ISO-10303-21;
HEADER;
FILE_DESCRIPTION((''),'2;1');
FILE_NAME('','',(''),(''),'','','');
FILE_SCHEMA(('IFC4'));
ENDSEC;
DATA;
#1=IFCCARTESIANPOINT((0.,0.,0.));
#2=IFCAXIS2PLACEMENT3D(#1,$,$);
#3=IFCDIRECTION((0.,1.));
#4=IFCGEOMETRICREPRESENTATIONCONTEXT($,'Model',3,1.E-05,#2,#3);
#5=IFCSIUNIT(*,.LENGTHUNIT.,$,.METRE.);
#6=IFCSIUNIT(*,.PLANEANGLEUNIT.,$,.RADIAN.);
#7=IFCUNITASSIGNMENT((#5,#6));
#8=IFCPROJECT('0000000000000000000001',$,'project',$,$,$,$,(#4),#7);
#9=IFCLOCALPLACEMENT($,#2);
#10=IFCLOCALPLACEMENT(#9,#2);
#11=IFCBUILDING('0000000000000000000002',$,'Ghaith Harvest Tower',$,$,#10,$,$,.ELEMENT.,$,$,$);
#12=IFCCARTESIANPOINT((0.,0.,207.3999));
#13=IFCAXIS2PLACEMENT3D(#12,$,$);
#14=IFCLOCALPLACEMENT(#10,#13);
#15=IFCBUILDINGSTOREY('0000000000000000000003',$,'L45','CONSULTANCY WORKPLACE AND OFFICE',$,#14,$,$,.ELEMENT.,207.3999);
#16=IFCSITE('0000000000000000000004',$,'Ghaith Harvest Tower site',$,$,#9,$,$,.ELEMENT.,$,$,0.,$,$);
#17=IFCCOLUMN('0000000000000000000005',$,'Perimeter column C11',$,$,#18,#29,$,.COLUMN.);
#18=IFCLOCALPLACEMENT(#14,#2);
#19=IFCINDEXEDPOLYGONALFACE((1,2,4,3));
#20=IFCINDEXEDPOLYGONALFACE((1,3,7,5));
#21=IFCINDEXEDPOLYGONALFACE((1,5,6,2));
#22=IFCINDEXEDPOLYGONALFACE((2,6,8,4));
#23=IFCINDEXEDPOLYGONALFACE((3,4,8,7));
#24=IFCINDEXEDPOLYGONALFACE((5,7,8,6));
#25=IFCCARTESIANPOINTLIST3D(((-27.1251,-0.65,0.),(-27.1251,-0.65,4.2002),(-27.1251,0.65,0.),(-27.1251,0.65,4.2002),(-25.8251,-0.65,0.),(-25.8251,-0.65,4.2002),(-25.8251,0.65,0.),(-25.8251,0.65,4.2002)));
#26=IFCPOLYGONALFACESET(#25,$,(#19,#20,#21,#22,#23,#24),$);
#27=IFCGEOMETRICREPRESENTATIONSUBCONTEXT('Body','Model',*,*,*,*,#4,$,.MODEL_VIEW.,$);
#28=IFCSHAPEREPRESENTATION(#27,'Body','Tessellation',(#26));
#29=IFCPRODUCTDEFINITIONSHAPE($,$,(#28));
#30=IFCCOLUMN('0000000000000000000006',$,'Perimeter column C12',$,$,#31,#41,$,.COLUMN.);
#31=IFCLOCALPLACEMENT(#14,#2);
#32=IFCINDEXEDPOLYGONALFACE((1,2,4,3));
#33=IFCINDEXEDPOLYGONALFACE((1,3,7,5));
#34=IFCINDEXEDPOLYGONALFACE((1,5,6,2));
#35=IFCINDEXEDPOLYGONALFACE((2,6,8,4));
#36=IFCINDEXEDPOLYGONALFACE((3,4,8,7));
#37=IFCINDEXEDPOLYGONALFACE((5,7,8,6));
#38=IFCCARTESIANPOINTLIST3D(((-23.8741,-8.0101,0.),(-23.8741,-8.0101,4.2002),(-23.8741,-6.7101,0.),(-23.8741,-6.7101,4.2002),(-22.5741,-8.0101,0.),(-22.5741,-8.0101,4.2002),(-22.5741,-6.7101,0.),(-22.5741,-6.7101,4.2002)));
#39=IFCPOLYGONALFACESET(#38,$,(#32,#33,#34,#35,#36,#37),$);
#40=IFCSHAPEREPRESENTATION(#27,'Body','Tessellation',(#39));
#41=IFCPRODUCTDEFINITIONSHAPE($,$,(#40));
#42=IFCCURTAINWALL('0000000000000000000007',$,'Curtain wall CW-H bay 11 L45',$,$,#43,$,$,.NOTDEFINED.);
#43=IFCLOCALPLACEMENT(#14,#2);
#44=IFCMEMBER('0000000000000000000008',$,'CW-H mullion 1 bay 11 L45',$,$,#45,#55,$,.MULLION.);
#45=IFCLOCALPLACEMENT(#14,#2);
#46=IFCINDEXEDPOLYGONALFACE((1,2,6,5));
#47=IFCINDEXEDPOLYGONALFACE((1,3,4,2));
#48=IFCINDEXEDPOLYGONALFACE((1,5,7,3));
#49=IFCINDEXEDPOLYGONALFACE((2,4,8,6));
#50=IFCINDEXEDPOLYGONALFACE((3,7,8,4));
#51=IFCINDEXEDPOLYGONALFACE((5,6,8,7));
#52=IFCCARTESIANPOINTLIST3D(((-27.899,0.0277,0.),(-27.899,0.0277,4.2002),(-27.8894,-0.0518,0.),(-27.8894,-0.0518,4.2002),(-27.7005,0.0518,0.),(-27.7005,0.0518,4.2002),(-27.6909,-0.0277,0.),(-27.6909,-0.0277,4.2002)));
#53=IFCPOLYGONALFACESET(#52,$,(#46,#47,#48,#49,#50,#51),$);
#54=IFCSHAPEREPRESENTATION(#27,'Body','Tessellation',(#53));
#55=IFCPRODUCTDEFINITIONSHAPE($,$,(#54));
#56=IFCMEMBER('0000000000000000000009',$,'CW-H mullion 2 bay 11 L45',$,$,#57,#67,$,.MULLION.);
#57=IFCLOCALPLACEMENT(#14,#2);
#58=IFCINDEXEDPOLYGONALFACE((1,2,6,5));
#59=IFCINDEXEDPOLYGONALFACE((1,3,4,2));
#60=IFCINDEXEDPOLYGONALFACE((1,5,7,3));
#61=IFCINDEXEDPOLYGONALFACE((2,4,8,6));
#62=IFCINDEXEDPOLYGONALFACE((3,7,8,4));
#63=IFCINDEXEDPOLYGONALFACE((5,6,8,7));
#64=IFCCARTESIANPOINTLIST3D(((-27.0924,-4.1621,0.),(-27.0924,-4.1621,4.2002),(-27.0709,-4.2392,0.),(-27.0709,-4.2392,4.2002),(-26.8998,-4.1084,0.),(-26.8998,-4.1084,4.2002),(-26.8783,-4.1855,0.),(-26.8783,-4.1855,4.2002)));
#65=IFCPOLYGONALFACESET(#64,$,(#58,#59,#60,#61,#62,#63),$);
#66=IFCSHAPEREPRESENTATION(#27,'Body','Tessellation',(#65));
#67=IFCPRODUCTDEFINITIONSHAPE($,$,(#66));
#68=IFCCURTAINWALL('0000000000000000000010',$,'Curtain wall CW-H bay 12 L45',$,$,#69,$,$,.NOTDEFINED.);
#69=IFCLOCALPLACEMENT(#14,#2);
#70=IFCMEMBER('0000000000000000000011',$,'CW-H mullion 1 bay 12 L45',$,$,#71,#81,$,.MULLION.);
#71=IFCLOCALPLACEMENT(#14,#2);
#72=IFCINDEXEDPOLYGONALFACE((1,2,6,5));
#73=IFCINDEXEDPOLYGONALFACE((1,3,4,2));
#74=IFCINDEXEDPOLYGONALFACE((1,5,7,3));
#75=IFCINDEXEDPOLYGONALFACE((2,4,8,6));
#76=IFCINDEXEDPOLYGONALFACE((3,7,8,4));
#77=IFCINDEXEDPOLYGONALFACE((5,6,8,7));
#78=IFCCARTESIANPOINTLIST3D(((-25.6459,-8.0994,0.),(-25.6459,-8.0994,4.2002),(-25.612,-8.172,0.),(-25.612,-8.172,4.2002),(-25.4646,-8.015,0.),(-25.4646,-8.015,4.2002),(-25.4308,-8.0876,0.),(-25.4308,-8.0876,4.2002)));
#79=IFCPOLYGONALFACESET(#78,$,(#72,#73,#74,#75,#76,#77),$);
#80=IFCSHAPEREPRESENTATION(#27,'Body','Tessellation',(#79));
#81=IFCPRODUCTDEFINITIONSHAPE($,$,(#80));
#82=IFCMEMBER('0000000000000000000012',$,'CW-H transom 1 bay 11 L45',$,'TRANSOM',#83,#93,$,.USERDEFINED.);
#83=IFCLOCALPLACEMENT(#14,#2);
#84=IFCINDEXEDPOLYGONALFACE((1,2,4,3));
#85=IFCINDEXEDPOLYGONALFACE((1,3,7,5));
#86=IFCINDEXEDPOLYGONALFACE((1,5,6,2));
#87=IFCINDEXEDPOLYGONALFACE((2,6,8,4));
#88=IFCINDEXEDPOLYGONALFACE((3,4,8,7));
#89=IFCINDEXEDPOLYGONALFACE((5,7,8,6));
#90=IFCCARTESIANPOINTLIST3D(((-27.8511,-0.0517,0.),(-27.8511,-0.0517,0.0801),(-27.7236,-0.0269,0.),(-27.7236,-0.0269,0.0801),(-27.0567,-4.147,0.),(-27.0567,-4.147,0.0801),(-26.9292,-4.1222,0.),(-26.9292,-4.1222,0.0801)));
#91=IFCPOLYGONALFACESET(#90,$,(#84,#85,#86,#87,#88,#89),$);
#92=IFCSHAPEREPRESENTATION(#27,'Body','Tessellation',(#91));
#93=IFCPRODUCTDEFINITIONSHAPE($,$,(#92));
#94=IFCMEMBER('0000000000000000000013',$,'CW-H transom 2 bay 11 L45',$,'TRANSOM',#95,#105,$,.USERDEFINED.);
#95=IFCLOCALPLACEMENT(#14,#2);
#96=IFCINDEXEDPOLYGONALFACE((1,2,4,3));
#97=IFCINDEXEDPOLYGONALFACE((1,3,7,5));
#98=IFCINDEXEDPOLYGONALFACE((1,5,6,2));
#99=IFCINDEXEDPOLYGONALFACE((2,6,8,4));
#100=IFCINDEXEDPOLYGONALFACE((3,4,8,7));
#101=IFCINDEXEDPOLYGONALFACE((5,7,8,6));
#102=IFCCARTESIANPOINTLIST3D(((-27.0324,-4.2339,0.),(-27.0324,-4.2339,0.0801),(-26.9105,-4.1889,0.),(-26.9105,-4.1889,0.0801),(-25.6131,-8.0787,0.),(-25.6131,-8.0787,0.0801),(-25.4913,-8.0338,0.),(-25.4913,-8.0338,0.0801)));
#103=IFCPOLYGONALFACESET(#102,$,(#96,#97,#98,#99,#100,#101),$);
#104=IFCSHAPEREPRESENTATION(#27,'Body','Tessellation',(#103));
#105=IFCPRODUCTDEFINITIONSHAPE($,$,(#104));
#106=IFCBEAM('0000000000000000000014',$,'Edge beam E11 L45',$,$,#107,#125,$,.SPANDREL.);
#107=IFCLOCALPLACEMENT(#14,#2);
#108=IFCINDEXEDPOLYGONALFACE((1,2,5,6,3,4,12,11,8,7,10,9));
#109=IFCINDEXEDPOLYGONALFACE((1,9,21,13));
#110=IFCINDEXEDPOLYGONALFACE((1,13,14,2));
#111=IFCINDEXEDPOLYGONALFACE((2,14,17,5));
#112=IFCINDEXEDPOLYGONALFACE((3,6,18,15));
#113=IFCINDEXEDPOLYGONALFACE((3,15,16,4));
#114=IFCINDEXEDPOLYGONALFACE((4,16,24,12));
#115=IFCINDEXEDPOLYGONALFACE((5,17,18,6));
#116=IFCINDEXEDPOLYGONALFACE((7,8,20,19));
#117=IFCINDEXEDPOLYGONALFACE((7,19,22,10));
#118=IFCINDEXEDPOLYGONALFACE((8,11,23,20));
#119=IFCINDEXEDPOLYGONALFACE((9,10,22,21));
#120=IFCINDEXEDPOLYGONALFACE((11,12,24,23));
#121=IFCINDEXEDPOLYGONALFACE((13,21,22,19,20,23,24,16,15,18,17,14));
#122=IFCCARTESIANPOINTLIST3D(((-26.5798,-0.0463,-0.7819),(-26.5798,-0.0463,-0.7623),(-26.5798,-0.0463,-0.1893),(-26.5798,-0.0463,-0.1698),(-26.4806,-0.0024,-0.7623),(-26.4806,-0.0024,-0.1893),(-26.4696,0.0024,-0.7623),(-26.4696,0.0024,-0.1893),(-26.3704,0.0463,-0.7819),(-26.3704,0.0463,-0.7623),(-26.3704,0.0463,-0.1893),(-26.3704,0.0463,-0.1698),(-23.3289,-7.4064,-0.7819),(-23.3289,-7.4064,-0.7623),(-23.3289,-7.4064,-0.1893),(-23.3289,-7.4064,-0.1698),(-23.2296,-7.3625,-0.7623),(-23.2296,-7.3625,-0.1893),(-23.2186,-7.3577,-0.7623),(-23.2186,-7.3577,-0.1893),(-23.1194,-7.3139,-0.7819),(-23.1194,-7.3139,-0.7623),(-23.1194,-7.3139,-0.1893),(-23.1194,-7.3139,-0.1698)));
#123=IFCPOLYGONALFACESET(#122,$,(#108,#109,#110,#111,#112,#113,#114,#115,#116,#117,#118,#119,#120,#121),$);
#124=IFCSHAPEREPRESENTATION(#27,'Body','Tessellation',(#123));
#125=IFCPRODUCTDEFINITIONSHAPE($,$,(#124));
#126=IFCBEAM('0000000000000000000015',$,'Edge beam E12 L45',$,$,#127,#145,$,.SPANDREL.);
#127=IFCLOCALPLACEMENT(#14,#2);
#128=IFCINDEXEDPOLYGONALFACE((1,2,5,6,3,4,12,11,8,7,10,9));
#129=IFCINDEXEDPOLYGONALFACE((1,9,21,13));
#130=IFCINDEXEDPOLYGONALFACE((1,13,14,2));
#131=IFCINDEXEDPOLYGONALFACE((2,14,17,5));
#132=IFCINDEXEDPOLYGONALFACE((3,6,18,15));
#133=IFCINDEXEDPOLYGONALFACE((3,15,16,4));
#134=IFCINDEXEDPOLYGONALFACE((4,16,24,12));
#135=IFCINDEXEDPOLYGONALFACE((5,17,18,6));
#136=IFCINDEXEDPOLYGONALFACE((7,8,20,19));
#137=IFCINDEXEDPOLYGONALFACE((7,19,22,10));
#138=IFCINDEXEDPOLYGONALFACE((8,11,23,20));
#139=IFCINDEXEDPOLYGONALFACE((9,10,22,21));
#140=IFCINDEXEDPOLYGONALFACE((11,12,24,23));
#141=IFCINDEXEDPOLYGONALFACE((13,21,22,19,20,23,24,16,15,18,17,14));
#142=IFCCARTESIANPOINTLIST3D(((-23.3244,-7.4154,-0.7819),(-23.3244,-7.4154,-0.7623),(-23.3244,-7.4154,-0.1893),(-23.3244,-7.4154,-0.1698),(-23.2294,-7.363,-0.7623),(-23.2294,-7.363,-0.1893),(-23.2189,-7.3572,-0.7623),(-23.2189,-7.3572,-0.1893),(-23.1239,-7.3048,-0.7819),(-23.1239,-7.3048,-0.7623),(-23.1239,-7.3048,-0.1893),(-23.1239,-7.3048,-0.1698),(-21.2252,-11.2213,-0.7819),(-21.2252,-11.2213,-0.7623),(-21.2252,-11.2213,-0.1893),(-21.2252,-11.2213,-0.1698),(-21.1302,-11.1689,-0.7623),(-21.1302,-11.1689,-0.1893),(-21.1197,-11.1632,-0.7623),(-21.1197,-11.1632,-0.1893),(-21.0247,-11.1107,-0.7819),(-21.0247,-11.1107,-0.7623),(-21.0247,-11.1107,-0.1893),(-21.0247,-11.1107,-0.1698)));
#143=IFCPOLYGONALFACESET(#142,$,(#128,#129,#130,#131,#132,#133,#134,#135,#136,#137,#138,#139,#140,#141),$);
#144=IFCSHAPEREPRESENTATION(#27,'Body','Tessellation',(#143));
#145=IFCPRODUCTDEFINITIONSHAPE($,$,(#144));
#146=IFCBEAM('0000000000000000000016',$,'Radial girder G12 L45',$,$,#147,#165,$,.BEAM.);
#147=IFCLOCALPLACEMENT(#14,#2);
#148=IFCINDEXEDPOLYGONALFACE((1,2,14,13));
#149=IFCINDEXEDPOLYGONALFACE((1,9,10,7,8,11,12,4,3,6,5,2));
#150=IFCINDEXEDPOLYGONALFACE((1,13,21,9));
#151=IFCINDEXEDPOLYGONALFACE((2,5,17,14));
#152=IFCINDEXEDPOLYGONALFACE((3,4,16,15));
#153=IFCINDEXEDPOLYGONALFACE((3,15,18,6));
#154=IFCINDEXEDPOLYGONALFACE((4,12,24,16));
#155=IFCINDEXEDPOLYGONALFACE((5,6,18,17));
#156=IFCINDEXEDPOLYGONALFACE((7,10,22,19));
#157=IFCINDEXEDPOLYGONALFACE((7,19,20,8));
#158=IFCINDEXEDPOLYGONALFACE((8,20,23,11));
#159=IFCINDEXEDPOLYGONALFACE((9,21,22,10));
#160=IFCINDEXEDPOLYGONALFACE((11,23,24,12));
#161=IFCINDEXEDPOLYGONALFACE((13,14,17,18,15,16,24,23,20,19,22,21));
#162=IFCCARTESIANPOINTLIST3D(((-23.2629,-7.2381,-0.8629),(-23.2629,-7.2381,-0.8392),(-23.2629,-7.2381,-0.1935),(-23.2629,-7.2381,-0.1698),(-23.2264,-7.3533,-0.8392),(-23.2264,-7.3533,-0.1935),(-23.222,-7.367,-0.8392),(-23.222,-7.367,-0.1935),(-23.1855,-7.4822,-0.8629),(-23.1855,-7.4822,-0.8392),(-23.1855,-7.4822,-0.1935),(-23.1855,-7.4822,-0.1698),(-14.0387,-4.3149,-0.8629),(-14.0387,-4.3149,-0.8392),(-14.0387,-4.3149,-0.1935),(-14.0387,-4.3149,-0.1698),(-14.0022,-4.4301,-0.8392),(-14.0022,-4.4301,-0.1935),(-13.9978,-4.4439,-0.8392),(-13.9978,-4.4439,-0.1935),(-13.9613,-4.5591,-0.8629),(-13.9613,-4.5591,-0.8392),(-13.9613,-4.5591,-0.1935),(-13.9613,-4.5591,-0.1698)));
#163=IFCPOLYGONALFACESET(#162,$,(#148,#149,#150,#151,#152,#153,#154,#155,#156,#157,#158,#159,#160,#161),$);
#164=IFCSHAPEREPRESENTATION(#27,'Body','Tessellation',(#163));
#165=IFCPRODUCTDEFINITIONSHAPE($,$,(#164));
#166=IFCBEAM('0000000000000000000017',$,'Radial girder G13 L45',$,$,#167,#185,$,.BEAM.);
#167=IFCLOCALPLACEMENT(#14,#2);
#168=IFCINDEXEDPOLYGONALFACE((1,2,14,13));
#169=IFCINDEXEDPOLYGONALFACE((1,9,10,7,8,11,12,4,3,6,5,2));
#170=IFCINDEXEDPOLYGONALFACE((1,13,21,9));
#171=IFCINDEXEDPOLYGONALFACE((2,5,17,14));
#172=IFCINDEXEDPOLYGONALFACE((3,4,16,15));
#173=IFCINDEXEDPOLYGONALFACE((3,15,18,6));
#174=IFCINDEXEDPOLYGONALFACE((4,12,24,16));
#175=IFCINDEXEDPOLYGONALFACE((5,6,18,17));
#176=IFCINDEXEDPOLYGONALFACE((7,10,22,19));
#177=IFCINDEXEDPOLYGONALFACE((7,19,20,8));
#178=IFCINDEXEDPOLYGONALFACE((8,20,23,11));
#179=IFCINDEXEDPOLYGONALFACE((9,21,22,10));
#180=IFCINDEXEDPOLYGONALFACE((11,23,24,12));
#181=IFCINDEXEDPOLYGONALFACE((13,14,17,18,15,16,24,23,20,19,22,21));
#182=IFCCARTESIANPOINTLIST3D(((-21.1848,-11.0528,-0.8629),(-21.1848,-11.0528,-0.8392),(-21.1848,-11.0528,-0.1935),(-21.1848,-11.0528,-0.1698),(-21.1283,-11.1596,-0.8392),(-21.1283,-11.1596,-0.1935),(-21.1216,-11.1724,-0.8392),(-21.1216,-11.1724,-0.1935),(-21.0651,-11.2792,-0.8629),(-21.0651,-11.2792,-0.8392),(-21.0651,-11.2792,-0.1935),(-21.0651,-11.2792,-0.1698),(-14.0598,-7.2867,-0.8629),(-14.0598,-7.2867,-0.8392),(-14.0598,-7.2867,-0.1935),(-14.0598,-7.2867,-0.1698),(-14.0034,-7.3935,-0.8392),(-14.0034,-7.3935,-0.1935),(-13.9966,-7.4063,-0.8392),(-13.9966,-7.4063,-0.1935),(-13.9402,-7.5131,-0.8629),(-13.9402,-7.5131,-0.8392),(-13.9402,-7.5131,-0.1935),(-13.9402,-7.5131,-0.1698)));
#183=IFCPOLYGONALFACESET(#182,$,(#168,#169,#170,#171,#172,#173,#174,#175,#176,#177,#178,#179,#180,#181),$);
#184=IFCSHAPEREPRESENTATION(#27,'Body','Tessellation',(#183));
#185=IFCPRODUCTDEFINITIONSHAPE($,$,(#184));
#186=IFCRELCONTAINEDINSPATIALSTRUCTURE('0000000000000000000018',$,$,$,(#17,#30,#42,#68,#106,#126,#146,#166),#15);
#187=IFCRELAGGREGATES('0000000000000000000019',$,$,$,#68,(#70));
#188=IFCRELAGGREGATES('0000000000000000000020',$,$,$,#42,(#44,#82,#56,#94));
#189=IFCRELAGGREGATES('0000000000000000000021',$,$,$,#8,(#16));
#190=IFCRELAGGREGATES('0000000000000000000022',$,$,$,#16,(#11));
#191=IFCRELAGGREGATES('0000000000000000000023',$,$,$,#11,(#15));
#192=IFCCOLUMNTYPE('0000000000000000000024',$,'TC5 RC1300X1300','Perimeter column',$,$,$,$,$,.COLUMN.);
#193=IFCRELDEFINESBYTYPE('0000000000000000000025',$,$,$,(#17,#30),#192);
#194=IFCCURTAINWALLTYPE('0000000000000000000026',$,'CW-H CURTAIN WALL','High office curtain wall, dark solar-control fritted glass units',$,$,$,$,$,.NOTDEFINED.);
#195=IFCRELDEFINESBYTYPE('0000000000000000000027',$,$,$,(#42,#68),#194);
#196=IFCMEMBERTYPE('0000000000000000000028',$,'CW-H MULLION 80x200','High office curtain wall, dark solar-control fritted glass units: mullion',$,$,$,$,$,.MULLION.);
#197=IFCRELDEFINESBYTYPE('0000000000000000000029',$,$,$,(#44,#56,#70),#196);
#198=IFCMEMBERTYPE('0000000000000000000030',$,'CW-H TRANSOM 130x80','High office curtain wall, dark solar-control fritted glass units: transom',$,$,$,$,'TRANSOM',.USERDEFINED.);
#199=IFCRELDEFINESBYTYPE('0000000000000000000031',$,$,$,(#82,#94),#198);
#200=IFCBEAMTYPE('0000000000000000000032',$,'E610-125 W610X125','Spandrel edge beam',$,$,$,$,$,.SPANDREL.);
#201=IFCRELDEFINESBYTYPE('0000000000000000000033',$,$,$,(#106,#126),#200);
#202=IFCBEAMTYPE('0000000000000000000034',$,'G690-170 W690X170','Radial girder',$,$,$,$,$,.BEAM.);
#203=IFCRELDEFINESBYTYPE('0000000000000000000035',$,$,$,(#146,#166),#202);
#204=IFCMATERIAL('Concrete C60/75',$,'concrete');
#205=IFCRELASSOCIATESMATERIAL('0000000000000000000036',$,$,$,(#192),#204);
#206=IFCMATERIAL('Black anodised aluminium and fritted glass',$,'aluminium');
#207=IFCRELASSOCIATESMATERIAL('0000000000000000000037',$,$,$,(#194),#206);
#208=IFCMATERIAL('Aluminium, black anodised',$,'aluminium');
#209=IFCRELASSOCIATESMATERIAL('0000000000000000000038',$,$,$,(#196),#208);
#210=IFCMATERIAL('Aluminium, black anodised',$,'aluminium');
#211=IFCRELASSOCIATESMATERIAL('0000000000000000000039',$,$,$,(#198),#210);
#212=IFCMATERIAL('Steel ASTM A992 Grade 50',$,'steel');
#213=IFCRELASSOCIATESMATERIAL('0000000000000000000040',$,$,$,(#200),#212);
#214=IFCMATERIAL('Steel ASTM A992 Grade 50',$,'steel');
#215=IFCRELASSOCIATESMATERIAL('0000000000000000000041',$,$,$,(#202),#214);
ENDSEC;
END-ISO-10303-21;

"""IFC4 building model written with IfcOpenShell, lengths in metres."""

from ifc_helpers import new_model, si_unit, direction, frame, origin, origin_2d, place, context, subcontext, project, spatial, rectangle, i_section, extrude, material, material_profile, profile_set, type_object, element, aggregate, save


model = new_model("IFC4")

# Units and contexts
model_context = context("Model", 3, precision=1e-05, world=origin(), true_north=direction((0.0, 1.0)))
body_context = subcontext(model_context, "Body", "Model", "MODEL_VIEW")
ifc_project = project(units=[si_unit("LENGTHUNIT", "METRE"), si_unit("PLANEANGLEUNIT", "RADIAN")], contexts=[model_context])

# Site, building, storey
site_placement = place(None, origin())
site = spatial("IfcSite", under=ifc_project, at=site_placement, Name="Ghaith Harvest Tower site", CompositionType="ELEMENT", RefElevation=0.0)
building_placement = place(site_placement, origin())
building = spatial("IfcBuilding", under=site, at=building_placement, Name="Ghaith Harvest Tower", CompositionType="ELEMENT")
storey_placement = place(building_placement, frame((0.0, 0.0, 207.3999)))
storey = spatial("IfcBuildingStorey", under=building, at=storey_placement, Name="L45", Description="CONSULTANCY WORKPLACE AND OFFICE", CompositionType="ELEMENT", Elevation=207.3999)

# Columns
ifc_material_1 = material(Name="Concrete C60/75", Category="concrete")
ifc_material_profile_1 = material_profile(ifc_material_1, rectangle(XDim=1.3, YDim=1.3, at=origin_2d()), Name="RC1300X1300")
ifc_profile_set_1 = profile_set([ifc_material_profile_1], Name="Concrete C60/75")
column_type = type_object("IfcColumnType", Name="TC5 RC1300X1300", Description="Perimeter column", PredefinedType="COLUMN", material=ifc_profile_set_1)
for number, where, z_axis, x_axis, name in (
    (1, (-26.4751, 0.0, 0.0), (0.0, 0.0, 1.0), (1.0, 0.0, 0.0), "Perimeter column C11"),
    (2, (-23.2241, -7.3601, 0.0), (0.0, 0.0, 1.0), (1.0, 0.0, 0.0), "Perimeter column C12"),
):
    element("IfcColumn", number, at=place(storey_placement, frame(where, z_axis=z_axis, x_axis=x_axis)), inside=storey, type_object=column_type, Name=name, PredefinedType="COLUMN", context=body_context, shape_type="SweptSolid", body=[
        extrude(rectangle(XDim=1.3, YDim=1.3, at=origin_2d()), origin(), (0.0, 0.0, 1.0), 4.2002),
    ])

# Curtain wall, members
ifc_material_2 = material(Name="Black anodised aluminium and fritted glass", Category="aluminium")
curtain_wall_type = type_object("IfcCurtainWallType", Name="CW-H CURTAIN WALL", Description="High office curtain wall, dark solar-control fritted glass units", PredefinedType="NOTDEFINED", material=ifc_material_2)
curtain_wall_1_placement = place(storey_placement, origin())
curtain_wall_1 = element("IfcCurtainWall", 3, at=curtain_wall_1_placement, inside=storey, type_object=curtain_wall_type, Name="Curtain wall CW-H bay 11 L45", PredefinedType="NOTDEFINED")
ifc_material_3 = material(Name="Aluminium, black anodised", Category="aluminium")
ifc_material_profile_2 = material_profile(ifc_material_3, rectangle(XDim=0.0801, YDim=0.2, at=origin_2d()), Name="CW-H MULLION 80x200")
ifc_profile_set_2 = profile_set([ifc_material_profile_2], Name="Aluminium, black anodised")
member_type_1 = type_object("IfcMemberType", Name="CW-H MULLION 80x200", Description="High office curtain wall, dark solar-control fritted glass units: mullion", PredefinedType="MULLION", material=ifc_profile_set_2)
member_1_placement = place(storey_placement, frame((-27.7949, 0.0, 0.0), z_axis=(0.0, 0.0, 1.0), x_axis=(0.12025, -0.992744, 0.0)))
member_1 = element("IfcMember", 4, at=member_1_placement, type_object=member_type_1, Name="CW-H mullion 1 bay 11 L45", PredefinedType="MULLION", context=body_context, shape_type="SweptSolid", body=[
    extrude(rectangle(XDim=0.0801, YDim=0.2, at=origin_2d()), origin(), (0.0, 0.0, 1.0), 4.2002),
])
member_2_placement = place(storey_placement, frame((-26.9854, -4.1738, 0.0), z_axis=(0.0, 0.0, 1.0), x_axis=(0.268569, -0.96326, 0.0)))
member_2 = element("IfcMember", 5, at=member_2_placement, type_object=member_type_1, Name="CW-H mullion 2 bay 11 L45", PredefinedType="MULLION", context=body_context, shape_type="SweptSolid", body=[
    extrude(rectangle(XDim=0.0801, YDim=0.2, at=origin_2d()), origin(), (0.0, 0.0, 1.0), 4.2002),
])

# Curtain wall, member
curtain_wall_2_placement = place(storey_placement, origin())
curtain_wall_2 = element("IfcCurtainWall", 6, at=curtain_wall_2_placement, inside=storey, type_object=curtain_wall_type, Name="Curtain wall CW-H bay 12 L45", PredefinedType="NOTDEFINED")
member_3_placement = place(storey_placement, frame((-25.5383, -8.0935, 0.0), z_axis=(0.0, 0.0, 1.0), x_axis=(0.422309, -0.906452, 0.0)))
member_3 = element("IfcMember", 7, at=member_3_placement, type_object=member_type_1, Name="CW-H mullion 1 bay 12 L45", PredefinedType="MULLION", context=body_context, shape_type="SweptSolid", body=[
    extrude(rectangle(XDim=0.0801, YDim=0.2, at=origin_2d()), origin(), (0.0, 0.0, 1.0), 4.2002),
])
aggregate(curtain_wall_2, [member_3])

# Members
ifc_material_4 = material(Name="Aluminium, black anodised", Category="aluminium")
ifc_material_profile_3 = material_profile(ifc_material_4, rectangle(XDim=0.1299, YDim=0.0801, at=origin_2d()), Name="CW-H TRANSOM 130x80")
ifc_profile_set_3 = profile_set([ifc_material_profile_3], Name="Aluminium, black anodised")
member_type_2 = type_object("IfcMemberType", Name="CW-H TRANSOM 130x80", Description="High office curtain wall, dark solar-control fritted glass units: transom", ElementType="TRANSOM", PredefinedType="USERDEFINED", material=ifc_profile_set_3)
member_4_placement = place(storey_placement, frame((-27.7874, -0.0393, 0.04), z_axis=(0.19044, -0.981699, 0.0), x_axis=(0.981699, 0.19044, 0.0)))
member_4 = element("IfcMember", 8, at=member_4_placement, type_object=member_type_2, Name="CW-H transom 1 bay 11 L45", ObjectType="TRANSOM", PredefinedType="USERDEFINED", context=body_context, shape_type="SweptSolid", body=[
    extrude(rectangle(XDim=0.1299, YDim=0.0801, at=origin_2d()), origin(), (0.0, 0.0, 1.0), 4.1716),
])
member_5_placement = place(storey_placement, frame((-26.9714, -4.2114, 0.04), z_axis=(0.346288, -0.938128, 0.0), x_axis=(0.938128, 0.346288, 0.0)))
member_5 = element("IfcMember", 9, at=member_5_placement, type_object=member_type_2, Name="CW-H transom 2 bay 11 L45", ObjectType="TRANSOM", PredefinedType="USERDEFINED", context=body_context, shape_type="SweptSolid", body=[
    extrude(rectangle(XDim=0.1299, YDim=0.0801, at=origin_2d()), origin(), (0.0, 0.0, 1.0), 4.0984),
])

# Beams
ifc_material_5 = material(Name="Steel ASTM A992 Grade 50", Category="steel")
ifc_material_profile_4 = material_profile(ifc_material_5, i_section(OverallWidth=0.229, OverallDepth=0.6121, WebThickness=0.012, FlangeThickness=0.0195, at=origin_2d()), Name="W610X125")
ifc_profile_set_4 = profile_set([ifc_material_profile_4], Name="Steel ASTM A992 Grade 50")
beam_type_1 = type_object("IfcBeamType", Name="E610-125 W610X125", Description="Spandrel edge beam", PredefinedType="SPANDREL", material=ifc_profile_set_4)
beam_1_placement = place(storey_placement, frame((-26.4751, 0.0, -0.4758), z_axis=(0.404043, -0.91474, 0.0), x_axis=(0.91474, 0.404043, 0.0)))
element("IfcBeam", 10, at=beam_1_placement, inside=storey, type_object=beam_type_1, Name="Edge beam E11 L45", PredefinedType="SPANDREL", context=body_context, shape_type="SweptSolid", body=[
    extrude(i_section(OverallWidth=0.229, OverallDepth=0.6121, WebThickness=0.012, FlangeThickness=0.0195, at=origin_2d()), origin(), (0.0, 0.0, 1.0), 8.0461),
])
beam_2_placement = place(storey_placement, frame((-23.2241, -7.3601, -0.4758), z_axis=(0.482956, -0.875645, 0.0), x_axis=(0.875645, 0.482956, 0.0)))
element("IfcBeam", 11, at=beam_2_placement, inside=storey, type_object=beam_type_1, Name="Edge beam E12 L45", PredefinedType="SPANDREL", context=body_context, shape_type="SweptSolid", body=[
    extrude(i_section(OverallWidth=0.229, OverallDepth=0.6121, WebThickness=0.012, FlangeThickness=0.0195, at=origin_2d()), origin(), (0.0, 0.0, 1.0), 4.3464),
])
ifc_material_6 = material(Name="Steel ASTM A992 Grade 50", Category="steel")
ifc_material_profile_5 = material_profile(ifc_material_6, i_section(OverallWidth=0.2561, OverallDepth=0.6931, WebThickness=0.0144, FlangeThickness=0.0237, at=origin_2d()), Name="W690X170")
ifc_profile_set_5 = profile_set([ifc_material_profile_5], Name="Steel ASTM A992 Grade 50")
beam_type_2 = type_object("IfcBeamType", Name="G690-170 W690X170", Description="Radial girder", PredefinedType="BEAM", material=ifc_profile_set_5)
beam_3_placement = place(storey_placement, frame((-14.0, -4.437, -0.5164), z_axis=(-0.953279, -0.302091, 0.0), x_axis=(0.302091, -0.953279, 0.0)))
element("IfcBeam", 12, at=beam_3_placement, inside=storey, type_object=beam_type_2, Name="Radial girder G12 L45", PredefinedType="BEAM", context=body_context, shape_type="SweptSolid", body=[
    extrude(i_section(OverallWidth=0.2561, OverallDepth=0.6931, WebThickness=0.0144, FlangeThickness=0.0237, at=origin_2d()), origin(), (0.0, 0.0, 1.0), 9.6763),
])
beam_4_placement = place(storey_placement, frame((-14.0, -7.3999, -0.5164), z_axis=(-0.884093, -0.467311, 0.0), x_axis=(0.467311, -0.884093, 0.0)))
element("IfcBeam", 13, at=beam_4_placement, inside=storey, type_object=beam_type_2, Name="Radial girder G13 L45", PredefinedType="BEAM", context=body_context, shape_type="SweptSolid", body=[
    extrude(i_section(OverallWidth=0.2561, OverallDepth=0.6931, WebThickness=0.0144, FlangeThickness=0.0237, at=origin_2d()), origin(), (0.0, 0.0, 1.0), 8.0591),
])

aggregate(curtain_wall_1, [member_1, member_4, member_2, member_5])

save(model, "model.ifc")
